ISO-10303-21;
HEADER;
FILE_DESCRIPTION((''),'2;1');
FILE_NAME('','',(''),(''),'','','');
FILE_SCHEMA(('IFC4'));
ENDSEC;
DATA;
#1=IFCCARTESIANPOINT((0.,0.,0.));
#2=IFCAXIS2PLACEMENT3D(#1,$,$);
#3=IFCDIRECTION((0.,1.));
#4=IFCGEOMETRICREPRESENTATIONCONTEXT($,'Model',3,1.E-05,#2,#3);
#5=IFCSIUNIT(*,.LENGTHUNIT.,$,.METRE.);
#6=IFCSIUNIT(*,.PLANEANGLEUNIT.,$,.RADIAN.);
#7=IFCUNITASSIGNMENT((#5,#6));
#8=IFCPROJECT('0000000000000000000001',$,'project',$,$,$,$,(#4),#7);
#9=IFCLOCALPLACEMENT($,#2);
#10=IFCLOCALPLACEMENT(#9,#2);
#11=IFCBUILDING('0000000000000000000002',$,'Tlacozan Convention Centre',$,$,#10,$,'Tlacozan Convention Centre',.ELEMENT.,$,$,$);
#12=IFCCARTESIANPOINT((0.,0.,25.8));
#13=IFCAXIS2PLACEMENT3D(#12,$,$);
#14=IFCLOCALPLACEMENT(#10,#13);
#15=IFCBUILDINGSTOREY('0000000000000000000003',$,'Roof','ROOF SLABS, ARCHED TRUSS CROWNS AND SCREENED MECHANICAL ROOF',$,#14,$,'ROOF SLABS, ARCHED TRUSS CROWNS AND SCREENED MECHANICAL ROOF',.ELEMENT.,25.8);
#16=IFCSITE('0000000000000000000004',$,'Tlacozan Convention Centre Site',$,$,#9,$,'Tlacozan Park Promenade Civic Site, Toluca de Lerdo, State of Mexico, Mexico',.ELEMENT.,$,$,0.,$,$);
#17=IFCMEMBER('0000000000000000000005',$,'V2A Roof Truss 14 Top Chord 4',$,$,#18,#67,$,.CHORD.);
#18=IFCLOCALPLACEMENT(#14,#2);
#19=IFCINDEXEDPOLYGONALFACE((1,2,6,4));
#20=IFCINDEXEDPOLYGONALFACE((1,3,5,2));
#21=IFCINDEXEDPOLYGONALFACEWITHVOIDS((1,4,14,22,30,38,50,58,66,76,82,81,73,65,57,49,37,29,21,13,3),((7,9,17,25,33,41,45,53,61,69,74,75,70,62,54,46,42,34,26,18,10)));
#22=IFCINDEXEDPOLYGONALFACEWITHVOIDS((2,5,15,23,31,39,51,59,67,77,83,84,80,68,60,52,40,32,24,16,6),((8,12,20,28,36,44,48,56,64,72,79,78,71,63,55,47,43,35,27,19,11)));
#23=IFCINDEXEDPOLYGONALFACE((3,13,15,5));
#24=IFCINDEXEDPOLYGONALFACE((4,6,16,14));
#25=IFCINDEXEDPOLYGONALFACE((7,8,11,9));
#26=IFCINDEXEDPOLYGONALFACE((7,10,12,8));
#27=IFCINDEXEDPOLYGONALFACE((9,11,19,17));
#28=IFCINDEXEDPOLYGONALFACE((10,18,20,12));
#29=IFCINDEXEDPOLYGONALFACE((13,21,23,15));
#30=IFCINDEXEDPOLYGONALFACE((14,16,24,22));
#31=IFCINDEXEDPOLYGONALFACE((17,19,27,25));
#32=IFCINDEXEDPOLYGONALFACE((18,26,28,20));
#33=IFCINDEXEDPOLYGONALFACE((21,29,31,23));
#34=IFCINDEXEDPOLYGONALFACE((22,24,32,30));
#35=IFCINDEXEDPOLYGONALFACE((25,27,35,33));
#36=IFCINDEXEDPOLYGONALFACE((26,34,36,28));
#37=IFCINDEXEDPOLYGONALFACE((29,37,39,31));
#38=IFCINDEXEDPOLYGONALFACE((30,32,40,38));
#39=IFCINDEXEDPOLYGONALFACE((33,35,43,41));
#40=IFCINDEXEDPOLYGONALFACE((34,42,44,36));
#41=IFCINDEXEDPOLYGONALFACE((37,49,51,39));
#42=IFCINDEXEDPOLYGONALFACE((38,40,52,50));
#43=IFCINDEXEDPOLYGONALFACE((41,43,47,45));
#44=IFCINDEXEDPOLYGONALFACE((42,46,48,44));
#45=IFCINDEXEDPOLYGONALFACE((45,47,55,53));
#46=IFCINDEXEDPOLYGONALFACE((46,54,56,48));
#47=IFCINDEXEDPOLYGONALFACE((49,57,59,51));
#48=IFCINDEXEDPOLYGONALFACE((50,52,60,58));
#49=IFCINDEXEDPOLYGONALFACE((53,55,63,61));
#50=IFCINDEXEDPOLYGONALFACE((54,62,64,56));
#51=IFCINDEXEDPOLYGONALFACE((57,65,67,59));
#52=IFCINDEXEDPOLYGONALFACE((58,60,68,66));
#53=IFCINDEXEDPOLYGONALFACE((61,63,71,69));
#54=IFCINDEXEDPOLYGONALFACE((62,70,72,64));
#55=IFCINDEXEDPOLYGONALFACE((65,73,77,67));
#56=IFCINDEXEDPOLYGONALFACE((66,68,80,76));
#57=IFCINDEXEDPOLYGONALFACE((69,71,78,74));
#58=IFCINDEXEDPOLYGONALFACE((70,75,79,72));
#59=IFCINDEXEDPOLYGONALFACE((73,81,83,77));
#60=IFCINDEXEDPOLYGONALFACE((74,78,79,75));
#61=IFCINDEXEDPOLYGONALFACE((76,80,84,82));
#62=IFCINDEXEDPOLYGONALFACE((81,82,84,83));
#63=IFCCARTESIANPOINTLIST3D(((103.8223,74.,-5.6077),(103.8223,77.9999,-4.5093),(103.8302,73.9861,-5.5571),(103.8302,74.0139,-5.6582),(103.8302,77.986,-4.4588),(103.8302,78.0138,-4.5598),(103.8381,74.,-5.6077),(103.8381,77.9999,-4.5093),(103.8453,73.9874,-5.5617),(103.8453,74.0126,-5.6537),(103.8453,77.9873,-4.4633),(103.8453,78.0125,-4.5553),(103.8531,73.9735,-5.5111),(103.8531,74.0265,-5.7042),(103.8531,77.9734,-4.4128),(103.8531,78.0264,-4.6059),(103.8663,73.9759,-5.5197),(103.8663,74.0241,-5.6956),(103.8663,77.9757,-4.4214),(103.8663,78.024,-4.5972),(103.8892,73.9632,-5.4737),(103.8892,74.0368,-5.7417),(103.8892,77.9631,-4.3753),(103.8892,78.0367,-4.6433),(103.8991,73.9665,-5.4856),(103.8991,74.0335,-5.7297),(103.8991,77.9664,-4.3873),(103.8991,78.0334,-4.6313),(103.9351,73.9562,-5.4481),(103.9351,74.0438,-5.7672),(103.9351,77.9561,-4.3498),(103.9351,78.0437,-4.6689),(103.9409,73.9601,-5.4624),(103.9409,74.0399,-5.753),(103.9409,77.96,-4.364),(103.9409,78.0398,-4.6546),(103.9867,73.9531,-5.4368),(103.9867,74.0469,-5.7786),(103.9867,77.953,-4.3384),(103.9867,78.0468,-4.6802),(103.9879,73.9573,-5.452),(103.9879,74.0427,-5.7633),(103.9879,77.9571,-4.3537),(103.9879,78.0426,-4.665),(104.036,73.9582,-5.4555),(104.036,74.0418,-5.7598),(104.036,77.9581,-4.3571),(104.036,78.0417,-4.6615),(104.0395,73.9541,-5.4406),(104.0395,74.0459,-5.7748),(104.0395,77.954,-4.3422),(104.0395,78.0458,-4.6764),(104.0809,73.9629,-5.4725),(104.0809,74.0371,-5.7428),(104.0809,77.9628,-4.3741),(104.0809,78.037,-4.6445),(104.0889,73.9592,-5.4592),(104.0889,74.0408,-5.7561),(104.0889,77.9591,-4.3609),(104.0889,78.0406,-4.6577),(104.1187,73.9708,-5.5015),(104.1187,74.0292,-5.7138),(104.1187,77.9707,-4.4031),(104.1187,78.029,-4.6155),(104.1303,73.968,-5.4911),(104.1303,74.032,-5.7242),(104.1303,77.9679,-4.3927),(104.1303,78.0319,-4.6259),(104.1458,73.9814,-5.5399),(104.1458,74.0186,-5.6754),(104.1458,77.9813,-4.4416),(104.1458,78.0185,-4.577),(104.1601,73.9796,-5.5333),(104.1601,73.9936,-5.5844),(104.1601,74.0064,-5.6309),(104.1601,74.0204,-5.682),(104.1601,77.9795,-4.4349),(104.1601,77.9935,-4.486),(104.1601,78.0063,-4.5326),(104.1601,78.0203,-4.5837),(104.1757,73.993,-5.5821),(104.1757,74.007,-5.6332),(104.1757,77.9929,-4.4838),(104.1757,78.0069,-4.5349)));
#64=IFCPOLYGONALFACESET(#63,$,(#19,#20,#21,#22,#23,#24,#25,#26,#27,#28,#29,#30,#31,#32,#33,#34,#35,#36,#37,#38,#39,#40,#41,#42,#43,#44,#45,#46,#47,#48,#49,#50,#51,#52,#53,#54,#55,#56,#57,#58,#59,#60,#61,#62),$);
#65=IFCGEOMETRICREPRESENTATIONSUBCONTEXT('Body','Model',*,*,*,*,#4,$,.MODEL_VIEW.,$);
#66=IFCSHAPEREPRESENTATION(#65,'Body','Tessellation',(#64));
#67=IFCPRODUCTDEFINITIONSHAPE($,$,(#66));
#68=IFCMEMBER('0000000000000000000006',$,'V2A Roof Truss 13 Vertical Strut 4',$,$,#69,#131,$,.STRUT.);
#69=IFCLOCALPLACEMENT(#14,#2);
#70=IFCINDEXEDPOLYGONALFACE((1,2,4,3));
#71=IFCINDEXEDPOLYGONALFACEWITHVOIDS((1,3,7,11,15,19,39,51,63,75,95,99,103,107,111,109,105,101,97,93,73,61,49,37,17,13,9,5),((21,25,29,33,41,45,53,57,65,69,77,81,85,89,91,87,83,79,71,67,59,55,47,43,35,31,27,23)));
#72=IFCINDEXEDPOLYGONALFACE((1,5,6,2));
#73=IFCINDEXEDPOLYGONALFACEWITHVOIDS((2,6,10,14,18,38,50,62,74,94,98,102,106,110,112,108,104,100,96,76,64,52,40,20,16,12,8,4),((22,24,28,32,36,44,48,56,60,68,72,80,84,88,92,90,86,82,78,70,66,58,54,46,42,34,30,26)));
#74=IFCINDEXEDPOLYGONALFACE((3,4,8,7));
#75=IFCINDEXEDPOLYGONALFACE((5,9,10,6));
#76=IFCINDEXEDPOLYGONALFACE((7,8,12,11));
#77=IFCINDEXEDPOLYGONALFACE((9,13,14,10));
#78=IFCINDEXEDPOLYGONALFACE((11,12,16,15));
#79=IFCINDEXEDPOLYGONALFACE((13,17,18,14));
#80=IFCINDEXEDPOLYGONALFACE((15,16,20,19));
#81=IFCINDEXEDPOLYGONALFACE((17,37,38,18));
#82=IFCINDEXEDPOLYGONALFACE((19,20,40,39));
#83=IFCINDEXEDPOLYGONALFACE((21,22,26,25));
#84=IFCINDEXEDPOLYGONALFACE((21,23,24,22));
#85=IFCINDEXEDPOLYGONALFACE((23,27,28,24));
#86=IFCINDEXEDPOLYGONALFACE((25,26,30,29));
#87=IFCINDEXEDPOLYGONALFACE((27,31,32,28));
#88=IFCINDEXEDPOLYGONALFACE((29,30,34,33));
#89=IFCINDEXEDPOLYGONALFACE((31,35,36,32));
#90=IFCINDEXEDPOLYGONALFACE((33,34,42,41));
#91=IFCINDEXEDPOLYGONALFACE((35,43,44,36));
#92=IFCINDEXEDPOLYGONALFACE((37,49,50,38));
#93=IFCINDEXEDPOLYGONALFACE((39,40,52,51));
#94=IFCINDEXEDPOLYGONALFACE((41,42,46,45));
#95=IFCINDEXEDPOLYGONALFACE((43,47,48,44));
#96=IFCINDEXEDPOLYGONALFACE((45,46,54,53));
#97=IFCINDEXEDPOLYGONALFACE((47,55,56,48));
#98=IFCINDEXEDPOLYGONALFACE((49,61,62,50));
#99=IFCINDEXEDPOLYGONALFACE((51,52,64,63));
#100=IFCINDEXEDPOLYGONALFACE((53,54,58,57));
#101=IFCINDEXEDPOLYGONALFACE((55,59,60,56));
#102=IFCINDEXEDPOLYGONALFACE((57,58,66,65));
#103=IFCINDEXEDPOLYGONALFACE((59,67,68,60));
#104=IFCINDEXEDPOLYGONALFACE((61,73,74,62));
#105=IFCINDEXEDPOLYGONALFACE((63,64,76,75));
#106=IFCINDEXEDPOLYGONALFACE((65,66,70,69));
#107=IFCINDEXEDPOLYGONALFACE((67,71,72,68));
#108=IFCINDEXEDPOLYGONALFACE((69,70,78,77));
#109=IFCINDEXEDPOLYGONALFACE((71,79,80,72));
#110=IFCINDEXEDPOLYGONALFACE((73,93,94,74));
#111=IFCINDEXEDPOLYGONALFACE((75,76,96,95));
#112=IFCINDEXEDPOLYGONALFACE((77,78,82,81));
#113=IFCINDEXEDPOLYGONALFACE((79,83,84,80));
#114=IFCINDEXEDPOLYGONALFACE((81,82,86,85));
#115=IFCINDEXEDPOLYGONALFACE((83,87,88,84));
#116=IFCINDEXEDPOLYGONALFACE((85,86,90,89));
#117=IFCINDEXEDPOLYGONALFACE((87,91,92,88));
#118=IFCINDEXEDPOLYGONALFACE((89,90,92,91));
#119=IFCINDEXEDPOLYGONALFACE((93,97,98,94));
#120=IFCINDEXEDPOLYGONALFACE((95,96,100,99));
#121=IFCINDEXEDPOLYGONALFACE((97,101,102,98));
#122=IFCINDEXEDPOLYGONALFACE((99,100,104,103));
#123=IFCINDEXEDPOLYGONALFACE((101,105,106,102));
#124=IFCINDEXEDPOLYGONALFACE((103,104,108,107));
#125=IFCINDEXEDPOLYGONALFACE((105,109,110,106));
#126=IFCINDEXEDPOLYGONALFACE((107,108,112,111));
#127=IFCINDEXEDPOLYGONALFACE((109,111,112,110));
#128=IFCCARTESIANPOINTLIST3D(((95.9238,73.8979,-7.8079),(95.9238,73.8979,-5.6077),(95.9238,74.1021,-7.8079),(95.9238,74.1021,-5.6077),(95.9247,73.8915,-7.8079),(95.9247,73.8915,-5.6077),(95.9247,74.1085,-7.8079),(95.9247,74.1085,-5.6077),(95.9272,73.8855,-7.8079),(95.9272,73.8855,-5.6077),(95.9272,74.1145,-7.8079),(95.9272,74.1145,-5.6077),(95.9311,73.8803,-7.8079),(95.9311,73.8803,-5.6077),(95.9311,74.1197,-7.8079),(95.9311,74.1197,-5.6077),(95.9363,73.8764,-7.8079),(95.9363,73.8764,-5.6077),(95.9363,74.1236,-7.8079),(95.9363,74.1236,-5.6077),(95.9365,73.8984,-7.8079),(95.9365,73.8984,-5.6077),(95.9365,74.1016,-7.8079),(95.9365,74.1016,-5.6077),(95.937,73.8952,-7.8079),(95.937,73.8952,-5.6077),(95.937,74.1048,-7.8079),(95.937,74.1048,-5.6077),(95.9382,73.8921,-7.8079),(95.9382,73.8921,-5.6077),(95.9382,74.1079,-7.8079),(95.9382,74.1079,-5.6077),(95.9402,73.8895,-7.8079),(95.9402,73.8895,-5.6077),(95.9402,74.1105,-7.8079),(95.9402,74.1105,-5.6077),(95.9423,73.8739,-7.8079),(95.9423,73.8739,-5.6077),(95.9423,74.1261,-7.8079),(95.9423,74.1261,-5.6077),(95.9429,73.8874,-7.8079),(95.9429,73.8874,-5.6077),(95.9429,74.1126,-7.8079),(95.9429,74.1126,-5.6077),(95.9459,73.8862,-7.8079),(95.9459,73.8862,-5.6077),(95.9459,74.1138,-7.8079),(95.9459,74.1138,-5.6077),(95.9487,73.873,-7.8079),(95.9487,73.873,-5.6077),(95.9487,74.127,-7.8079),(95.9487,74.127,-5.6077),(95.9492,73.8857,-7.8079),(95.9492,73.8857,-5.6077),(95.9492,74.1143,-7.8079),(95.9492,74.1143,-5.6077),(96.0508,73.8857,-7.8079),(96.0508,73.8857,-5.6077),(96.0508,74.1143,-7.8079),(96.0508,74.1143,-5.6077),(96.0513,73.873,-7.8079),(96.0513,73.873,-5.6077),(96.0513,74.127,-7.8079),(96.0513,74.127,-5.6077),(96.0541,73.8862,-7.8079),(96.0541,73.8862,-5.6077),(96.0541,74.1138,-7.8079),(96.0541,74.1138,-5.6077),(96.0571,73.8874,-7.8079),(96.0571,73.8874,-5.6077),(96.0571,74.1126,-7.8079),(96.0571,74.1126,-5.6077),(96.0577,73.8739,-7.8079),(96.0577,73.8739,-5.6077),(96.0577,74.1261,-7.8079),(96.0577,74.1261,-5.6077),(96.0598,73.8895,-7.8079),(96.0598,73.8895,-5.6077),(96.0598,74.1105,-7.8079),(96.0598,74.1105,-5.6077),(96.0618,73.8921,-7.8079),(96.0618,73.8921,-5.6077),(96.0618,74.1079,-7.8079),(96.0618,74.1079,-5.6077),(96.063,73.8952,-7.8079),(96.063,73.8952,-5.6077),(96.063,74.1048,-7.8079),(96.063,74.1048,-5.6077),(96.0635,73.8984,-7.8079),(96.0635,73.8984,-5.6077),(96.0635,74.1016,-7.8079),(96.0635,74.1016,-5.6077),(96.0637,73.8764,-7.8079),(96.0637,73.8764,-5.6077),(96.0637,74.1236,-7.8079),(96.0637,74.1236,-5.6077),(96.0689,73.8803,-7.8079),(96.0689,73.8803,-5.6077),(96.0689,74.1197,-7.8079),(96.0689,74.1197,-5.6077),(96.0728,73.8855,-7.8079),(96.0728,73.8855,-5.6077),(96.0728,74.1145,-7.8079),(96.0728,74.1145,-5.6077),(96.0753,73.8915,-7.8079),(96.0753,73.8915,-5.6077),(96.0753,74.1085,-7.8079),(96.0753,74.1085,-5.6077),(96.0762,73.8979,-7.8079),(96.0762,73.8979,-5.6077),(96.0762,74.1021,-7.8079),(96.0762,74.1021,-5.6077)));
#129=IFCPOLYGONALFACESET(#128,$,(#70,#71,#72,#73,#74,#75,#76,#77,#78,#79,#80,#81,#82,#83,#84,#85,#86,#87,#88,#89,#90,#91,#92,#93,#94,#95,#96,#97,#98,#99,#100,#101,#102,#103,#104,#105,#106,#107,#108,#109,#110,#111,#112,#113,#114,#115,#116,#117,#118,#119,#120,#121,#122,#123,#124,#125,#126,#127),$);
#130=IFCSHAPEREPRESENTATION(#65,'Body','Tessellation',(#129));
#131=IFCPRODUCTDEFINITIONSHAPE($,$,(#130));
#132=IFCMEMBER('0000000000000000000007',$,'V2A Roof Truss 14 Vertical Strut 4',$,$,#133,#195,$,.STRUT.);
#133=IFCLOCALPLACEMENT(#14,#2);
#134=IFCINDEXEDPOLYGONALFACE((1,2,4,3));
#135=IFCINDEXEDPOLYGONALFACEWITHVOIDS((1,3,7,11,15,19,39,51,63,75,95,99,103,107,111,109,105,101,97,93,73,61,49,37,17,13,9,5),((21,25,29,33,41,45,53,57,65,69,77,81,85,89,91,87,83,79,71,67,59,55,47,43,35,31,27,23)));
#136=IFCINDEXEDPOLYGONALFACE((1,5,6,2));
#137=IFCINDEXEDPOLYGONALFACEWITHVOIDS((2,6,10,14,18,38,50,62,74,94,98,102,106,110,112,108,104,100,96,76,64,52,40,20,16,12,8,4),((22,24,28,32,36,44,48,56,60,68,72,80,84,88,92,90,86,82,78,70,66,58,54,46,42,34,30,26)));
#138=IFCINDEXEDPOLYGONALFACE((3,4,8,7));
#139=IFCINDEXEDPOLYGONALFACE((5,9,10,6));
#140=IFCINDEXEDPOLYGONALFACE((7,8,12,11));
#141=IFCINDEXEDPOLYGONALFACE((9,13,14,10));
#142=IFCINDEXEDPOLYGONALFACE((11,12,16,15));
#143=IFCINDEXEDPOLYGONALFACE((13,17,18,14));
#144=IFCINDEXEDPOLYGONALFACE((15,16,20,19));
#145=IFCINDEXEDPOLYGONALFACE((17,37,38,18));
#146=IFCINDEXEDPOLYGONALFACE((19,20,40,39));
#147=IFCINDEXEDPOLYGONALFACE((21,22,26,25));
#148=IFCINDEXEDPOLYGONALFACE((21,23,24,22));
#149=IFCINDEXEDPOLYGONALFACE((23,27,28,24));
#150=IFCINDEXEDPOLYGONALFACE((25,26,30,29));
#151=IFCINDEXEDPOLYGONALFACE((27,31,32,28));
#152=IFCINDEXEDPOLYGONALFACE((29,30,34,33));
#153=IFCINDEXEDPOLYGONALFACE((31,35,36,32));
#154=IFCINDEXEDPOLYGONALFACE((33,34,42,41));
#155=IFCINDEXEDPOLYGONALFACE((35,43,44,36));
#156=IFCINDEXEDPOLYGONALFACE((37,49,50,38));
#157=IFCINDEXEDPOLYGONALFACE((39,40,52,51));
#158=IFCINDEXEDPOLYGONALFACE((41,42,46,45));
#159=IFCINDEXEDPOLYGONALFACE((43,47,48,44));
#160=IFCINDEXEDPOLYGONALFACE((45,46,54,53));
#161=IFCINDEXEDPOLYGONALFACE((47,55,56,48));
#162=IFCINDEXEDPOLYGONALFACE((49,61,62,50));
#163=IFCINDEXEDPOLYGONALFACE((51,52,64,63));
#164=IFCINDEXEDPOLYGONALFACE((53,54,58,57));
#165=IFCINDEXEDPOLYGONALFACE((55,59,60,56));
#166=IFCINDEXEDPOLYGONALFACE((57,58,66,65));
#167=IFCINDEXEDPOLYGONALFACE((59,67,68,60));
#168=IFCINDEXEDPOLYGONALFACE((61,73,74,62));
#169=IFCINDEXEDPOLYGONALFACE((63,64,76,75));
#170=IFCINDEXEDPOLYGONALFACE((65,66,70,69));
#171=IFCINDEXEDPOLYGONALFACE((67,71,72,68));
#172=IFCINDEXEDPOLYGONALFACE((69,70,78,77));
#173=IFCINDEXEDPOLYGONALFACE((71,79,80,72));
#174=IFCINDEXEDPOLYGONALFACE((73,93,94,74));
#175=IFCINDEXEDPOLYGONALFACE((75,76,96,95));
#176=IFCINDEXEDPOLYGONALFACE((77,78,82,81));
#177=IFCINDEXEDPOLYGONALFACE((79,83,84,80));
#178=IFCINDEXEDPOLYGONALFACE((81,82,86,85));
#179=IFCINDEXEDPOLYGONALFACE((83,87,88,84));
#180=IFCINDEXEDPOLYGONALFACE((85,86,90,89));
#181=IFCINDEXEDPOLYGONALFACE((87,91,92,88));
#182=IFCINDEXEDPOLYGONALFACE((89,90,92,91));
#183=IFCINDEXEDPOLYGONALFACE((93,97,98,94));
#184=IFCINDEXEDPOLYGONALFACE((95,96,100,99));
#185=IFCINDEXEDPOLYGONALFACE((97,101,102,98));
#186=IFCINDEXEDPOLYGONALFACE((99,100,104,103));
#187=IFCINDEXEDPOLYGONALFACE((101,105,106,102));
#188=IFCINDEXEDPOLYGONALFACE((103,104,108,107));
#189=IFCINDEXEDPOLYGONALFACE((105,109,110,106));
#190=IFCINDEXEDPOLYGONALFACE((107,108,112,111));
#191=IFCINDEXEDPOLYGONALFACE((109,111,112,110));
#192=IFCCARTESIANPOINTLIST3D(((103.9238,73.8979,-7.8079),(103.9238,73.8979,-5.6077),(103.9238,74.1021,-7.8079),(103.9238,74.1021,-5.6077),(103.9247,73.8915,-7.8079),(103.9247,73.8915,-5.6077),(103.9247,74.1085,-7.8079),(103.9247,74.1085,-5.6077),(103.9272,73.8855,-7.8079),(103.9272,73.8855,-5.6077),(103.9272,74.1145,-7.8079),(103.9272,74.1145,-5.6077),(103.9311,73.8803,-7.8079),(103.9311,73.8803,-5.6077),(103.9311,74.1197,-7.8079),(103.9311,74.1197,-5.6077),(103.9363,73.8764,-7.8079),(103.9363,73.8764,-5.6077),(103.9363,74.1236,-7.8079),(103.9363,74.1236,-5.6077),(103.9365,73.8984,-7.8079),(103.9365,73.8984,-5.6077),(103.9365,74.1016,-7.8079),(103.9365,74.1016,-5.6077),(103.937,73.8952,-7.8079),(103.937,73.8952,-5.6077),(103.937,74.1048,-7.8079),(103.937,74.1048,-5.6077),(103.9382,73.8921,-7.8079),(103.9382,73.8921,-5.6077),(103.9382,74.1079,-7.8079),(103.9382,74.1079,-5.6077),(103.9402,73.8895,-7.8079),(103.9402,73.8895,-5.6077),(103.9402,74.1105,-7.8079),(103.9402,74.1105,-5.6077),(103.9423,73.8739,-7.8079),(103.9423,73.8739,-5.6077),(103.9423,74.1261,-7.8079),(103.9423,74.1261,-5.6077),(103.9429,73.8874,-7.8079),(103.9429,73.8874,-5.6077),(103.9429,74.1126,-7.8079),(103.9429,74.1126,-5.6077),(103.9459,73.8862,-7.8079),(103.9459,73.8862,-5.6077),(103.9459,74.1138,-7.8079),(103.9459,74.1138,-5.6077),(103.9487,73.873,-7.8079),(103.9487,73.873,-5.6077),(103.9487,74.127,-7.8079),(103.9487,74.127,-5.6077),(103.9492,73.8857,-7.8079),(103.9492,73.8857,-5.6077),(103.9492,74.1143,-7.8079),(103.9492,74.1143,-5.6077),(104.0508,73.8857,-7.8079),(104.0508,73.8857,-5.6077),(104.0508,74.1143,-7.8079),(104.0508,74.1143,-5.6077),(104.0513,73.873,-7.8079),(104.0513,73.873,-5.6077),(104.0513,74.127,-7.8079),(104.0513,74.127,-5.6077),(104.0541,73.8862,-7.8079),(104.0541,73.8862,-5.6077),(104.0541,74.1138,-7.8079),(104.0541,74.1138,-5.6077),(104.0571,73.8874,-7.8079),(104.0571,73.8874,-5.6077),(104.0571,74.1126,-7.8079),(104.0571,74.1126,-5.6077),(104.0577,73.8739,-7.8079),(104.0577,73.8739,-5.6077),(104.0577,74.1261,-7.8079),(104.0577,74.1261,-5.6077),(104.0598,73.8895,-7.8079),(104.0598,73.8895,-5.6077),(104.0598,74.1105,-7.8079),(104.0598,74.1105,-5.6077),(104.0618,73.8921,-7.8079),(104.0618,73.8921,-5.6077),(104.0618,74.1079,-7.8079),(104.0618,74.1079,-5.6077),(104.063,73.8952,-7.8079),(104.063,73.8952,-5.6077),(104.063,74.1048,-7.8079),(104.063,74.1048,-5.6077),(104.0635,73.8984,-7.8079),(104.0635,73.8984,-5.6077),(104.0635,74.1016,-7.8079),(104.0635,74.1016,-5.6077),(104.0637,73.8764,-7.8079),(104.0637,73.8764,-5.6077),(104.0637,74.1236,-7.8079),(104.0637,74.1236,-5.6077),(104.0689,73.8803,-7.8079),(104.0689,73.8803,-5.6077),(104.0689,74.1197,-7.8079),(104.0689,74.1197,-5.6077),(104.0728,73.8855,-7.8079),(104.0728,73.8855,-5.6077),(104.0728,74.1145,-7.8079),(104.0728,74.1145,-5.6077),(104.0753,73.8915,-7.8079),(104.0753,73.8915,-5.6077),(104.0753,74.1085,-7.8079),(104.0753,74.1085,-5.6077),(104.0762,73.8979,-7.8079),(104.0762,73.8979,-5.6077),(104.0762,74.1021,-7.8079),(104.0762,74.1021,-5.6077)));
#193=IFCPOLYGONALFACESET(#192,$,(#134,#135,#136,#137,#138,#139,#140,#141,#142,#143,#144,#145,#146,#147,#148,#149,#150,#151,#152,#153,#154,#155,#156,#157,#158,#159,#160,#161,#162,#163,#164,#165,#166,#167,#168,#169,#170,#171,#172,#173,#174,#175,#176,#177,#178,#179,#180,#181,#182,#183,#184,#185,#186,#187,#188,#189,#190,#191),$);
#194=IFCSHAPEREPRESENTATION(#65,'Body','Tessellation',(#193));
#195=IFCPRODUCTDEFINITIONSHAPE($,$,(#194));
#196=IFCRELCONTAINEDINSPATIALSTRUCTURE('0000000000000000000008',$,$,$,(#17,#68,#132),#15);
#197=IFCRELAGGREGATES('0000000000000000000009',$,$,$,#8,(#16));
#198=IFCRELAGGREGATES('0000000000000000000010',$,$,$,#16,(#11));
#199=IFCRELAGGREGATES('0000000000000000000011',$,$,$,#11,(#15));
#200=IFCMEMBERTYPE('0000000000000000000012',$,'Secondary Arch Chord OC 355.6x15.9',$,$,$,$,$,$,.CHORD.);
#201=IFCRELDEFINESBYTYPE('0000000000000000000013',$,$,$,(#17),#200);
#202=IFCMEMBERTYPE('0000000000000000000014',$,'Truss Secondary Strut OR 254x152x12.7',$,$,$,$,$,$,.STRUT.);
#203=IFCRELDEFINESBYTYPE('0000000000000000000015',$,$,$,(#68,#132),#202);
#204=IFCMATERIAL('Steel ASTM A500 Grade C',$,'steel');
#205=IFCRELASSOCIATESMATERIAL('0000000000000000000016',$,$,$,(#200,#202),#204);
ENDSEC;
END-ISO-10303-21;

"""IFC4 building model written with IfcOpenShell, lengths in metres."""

from ifc_helpers import new_model, si_unit, direction, frame, origin, origin_2d, place, context, subcontext, project, spatial, hollow_rectangle, hollow_circle, extrude, material, material_profile, profile_set, type_object, element, save


model = new_model("IFC4")

# Units and contexts
model_context = context("Model", 3, precision=1e-05, world=origin(), true_north=direction((0.0, 1.0)))
body_context = subcontext(model_context, "Body", "Model", "MODEL_VIEW")
ifc_project = project(units=[si_unit("LENGTHUNIT", "METRE"), si_unit("PLANEANGLEUNIT", "RADIAN")], contexts=[model_context])

# Site, building, storey
site_placement = place(None, origin())
site = spatial("IfcSite", under=ifc_project, at=site_placement, Name="Tlacozan Convention Centre Site", LongName="Tlacozan Park Promenade Civic Site, Toluca de Lerdo, State of Mexico, Mexico", CompositionType="ELEMENT", RefElevation=0.0)
building_placement = place(site_placement, origin())
building = spatial("IfcBuilding", under=site, at=building_placement, Name="Tlacozan Convention Centre", LongName="Tlacozan Convention Centre", CompositionType="ELEMENT")
storey_placement = place(building_placement, frame((0.0, 0.0, 25.8)))
storey = spatial("IfcBuildingStorey", under=building, at=storey_placement, Name="Roof", Description="ROOF SLABS, ARCHED TRUSS CROWNS AND SCREENED MECHANICAL ROOF", LongName="ROOF SLABS, ARCHED TRUSS CROWNS AND SCREENED MECHANICAL ROOF", CompositionType="ELEMENT", Elevation=25.8)

# Members
ifc_material_1 = material(Name="Steel ASTM A500 Grade C", Category="steel")
ifc_material_profile_1 = material_profile(ifc_material_1, hollow_circle(Radius=0.1777, WallThickness=0.0159, at=origin_2d()), Name="OC 355.6x15.9")
ifc_profile_set_1 = profile_set([ifc_material_profile_1], Name="Steel ASTM A500 Grade C")
member_type_1 = type_object("IfcMemberType", Name="Secondary Arch Chord OC 355.6x15.9", PredefinedType="CHORD", material=ifc_profile_set_1)
member_1_placement = place(storey_placement, frame((104.0, 74.0, -5.6077), z_axis=(0.0, 0.964305, 0.264795), x_axis=(-1.0, 0.0, 0.0)))
element("IfcMember", 1, at=member_1_placement, inside=storey, type_object=member_type_1, Name="V2A Roof Truss 14 Top Chord 4", PredefinedType="CHORD", context=body_context, shape_type="SweptSolid", body=[
    extrude(hollow_circle(Radius=0.1777, WallThickness=0.0159, at=origin_2d()), origin(), (0.0, 0.0, 1.0), 4.1479),
])
ifc_material_profile_2 = material_profile(ifc_material_1, hollow_rectangle(XDim=0.1523, YDim=0.2539, WallThickness=0.0127, InnerFilletRadius=0.0127, OuterFilletRadius=0.0249, at=origin_2d()), Name="OR 254x152x12.7")
ifc_profile_set_2 = profile_set([ifc_material_profile_2], Name="Steel ASTM A500 Grade C")
member_type_2 = type_object("IfcMemberType", Name="Truss Secondary Strut OR 254x152x12.7", PredefinedType="STRUT", material=ifc_profile_set_2)
for number, where, z_axis, x_axis, name in (
    (2, (96.0, 74.0, -7.8079), (0.0, 0.0, 1.0), (1.0, 0.0, 0.0), "V2A Roof Truss 13 Vertical Strut 4"),
    (3, (104.0, 74.0, -7.8079), (0.0, 0.0, 1.0), (1.0, 0.0, 0.0), "V2A Roof Truss 14 Vertical Strut 4"),
):
    element("IfcMember", number, at=place(storey_placement, frame(where, z_axis=z_axis, x_axis=x_axis)), inside=storey, type_object=member_type_2, Name=name, PredefinedType="STRUT", context=body_context, shape_type="SweptSolid", body=[
        extrude(hollow_rectangle(XDim=0.1523, YDim=0.2539, WallThickness=0.0127, InnerFilletRadius=0.0127, OuterFilletRadius=0.0249, at=origin_2d()), origin(), (0.0, 0.0, 1.0), 2.2002),
    ])

save(model, "model.ifc")
